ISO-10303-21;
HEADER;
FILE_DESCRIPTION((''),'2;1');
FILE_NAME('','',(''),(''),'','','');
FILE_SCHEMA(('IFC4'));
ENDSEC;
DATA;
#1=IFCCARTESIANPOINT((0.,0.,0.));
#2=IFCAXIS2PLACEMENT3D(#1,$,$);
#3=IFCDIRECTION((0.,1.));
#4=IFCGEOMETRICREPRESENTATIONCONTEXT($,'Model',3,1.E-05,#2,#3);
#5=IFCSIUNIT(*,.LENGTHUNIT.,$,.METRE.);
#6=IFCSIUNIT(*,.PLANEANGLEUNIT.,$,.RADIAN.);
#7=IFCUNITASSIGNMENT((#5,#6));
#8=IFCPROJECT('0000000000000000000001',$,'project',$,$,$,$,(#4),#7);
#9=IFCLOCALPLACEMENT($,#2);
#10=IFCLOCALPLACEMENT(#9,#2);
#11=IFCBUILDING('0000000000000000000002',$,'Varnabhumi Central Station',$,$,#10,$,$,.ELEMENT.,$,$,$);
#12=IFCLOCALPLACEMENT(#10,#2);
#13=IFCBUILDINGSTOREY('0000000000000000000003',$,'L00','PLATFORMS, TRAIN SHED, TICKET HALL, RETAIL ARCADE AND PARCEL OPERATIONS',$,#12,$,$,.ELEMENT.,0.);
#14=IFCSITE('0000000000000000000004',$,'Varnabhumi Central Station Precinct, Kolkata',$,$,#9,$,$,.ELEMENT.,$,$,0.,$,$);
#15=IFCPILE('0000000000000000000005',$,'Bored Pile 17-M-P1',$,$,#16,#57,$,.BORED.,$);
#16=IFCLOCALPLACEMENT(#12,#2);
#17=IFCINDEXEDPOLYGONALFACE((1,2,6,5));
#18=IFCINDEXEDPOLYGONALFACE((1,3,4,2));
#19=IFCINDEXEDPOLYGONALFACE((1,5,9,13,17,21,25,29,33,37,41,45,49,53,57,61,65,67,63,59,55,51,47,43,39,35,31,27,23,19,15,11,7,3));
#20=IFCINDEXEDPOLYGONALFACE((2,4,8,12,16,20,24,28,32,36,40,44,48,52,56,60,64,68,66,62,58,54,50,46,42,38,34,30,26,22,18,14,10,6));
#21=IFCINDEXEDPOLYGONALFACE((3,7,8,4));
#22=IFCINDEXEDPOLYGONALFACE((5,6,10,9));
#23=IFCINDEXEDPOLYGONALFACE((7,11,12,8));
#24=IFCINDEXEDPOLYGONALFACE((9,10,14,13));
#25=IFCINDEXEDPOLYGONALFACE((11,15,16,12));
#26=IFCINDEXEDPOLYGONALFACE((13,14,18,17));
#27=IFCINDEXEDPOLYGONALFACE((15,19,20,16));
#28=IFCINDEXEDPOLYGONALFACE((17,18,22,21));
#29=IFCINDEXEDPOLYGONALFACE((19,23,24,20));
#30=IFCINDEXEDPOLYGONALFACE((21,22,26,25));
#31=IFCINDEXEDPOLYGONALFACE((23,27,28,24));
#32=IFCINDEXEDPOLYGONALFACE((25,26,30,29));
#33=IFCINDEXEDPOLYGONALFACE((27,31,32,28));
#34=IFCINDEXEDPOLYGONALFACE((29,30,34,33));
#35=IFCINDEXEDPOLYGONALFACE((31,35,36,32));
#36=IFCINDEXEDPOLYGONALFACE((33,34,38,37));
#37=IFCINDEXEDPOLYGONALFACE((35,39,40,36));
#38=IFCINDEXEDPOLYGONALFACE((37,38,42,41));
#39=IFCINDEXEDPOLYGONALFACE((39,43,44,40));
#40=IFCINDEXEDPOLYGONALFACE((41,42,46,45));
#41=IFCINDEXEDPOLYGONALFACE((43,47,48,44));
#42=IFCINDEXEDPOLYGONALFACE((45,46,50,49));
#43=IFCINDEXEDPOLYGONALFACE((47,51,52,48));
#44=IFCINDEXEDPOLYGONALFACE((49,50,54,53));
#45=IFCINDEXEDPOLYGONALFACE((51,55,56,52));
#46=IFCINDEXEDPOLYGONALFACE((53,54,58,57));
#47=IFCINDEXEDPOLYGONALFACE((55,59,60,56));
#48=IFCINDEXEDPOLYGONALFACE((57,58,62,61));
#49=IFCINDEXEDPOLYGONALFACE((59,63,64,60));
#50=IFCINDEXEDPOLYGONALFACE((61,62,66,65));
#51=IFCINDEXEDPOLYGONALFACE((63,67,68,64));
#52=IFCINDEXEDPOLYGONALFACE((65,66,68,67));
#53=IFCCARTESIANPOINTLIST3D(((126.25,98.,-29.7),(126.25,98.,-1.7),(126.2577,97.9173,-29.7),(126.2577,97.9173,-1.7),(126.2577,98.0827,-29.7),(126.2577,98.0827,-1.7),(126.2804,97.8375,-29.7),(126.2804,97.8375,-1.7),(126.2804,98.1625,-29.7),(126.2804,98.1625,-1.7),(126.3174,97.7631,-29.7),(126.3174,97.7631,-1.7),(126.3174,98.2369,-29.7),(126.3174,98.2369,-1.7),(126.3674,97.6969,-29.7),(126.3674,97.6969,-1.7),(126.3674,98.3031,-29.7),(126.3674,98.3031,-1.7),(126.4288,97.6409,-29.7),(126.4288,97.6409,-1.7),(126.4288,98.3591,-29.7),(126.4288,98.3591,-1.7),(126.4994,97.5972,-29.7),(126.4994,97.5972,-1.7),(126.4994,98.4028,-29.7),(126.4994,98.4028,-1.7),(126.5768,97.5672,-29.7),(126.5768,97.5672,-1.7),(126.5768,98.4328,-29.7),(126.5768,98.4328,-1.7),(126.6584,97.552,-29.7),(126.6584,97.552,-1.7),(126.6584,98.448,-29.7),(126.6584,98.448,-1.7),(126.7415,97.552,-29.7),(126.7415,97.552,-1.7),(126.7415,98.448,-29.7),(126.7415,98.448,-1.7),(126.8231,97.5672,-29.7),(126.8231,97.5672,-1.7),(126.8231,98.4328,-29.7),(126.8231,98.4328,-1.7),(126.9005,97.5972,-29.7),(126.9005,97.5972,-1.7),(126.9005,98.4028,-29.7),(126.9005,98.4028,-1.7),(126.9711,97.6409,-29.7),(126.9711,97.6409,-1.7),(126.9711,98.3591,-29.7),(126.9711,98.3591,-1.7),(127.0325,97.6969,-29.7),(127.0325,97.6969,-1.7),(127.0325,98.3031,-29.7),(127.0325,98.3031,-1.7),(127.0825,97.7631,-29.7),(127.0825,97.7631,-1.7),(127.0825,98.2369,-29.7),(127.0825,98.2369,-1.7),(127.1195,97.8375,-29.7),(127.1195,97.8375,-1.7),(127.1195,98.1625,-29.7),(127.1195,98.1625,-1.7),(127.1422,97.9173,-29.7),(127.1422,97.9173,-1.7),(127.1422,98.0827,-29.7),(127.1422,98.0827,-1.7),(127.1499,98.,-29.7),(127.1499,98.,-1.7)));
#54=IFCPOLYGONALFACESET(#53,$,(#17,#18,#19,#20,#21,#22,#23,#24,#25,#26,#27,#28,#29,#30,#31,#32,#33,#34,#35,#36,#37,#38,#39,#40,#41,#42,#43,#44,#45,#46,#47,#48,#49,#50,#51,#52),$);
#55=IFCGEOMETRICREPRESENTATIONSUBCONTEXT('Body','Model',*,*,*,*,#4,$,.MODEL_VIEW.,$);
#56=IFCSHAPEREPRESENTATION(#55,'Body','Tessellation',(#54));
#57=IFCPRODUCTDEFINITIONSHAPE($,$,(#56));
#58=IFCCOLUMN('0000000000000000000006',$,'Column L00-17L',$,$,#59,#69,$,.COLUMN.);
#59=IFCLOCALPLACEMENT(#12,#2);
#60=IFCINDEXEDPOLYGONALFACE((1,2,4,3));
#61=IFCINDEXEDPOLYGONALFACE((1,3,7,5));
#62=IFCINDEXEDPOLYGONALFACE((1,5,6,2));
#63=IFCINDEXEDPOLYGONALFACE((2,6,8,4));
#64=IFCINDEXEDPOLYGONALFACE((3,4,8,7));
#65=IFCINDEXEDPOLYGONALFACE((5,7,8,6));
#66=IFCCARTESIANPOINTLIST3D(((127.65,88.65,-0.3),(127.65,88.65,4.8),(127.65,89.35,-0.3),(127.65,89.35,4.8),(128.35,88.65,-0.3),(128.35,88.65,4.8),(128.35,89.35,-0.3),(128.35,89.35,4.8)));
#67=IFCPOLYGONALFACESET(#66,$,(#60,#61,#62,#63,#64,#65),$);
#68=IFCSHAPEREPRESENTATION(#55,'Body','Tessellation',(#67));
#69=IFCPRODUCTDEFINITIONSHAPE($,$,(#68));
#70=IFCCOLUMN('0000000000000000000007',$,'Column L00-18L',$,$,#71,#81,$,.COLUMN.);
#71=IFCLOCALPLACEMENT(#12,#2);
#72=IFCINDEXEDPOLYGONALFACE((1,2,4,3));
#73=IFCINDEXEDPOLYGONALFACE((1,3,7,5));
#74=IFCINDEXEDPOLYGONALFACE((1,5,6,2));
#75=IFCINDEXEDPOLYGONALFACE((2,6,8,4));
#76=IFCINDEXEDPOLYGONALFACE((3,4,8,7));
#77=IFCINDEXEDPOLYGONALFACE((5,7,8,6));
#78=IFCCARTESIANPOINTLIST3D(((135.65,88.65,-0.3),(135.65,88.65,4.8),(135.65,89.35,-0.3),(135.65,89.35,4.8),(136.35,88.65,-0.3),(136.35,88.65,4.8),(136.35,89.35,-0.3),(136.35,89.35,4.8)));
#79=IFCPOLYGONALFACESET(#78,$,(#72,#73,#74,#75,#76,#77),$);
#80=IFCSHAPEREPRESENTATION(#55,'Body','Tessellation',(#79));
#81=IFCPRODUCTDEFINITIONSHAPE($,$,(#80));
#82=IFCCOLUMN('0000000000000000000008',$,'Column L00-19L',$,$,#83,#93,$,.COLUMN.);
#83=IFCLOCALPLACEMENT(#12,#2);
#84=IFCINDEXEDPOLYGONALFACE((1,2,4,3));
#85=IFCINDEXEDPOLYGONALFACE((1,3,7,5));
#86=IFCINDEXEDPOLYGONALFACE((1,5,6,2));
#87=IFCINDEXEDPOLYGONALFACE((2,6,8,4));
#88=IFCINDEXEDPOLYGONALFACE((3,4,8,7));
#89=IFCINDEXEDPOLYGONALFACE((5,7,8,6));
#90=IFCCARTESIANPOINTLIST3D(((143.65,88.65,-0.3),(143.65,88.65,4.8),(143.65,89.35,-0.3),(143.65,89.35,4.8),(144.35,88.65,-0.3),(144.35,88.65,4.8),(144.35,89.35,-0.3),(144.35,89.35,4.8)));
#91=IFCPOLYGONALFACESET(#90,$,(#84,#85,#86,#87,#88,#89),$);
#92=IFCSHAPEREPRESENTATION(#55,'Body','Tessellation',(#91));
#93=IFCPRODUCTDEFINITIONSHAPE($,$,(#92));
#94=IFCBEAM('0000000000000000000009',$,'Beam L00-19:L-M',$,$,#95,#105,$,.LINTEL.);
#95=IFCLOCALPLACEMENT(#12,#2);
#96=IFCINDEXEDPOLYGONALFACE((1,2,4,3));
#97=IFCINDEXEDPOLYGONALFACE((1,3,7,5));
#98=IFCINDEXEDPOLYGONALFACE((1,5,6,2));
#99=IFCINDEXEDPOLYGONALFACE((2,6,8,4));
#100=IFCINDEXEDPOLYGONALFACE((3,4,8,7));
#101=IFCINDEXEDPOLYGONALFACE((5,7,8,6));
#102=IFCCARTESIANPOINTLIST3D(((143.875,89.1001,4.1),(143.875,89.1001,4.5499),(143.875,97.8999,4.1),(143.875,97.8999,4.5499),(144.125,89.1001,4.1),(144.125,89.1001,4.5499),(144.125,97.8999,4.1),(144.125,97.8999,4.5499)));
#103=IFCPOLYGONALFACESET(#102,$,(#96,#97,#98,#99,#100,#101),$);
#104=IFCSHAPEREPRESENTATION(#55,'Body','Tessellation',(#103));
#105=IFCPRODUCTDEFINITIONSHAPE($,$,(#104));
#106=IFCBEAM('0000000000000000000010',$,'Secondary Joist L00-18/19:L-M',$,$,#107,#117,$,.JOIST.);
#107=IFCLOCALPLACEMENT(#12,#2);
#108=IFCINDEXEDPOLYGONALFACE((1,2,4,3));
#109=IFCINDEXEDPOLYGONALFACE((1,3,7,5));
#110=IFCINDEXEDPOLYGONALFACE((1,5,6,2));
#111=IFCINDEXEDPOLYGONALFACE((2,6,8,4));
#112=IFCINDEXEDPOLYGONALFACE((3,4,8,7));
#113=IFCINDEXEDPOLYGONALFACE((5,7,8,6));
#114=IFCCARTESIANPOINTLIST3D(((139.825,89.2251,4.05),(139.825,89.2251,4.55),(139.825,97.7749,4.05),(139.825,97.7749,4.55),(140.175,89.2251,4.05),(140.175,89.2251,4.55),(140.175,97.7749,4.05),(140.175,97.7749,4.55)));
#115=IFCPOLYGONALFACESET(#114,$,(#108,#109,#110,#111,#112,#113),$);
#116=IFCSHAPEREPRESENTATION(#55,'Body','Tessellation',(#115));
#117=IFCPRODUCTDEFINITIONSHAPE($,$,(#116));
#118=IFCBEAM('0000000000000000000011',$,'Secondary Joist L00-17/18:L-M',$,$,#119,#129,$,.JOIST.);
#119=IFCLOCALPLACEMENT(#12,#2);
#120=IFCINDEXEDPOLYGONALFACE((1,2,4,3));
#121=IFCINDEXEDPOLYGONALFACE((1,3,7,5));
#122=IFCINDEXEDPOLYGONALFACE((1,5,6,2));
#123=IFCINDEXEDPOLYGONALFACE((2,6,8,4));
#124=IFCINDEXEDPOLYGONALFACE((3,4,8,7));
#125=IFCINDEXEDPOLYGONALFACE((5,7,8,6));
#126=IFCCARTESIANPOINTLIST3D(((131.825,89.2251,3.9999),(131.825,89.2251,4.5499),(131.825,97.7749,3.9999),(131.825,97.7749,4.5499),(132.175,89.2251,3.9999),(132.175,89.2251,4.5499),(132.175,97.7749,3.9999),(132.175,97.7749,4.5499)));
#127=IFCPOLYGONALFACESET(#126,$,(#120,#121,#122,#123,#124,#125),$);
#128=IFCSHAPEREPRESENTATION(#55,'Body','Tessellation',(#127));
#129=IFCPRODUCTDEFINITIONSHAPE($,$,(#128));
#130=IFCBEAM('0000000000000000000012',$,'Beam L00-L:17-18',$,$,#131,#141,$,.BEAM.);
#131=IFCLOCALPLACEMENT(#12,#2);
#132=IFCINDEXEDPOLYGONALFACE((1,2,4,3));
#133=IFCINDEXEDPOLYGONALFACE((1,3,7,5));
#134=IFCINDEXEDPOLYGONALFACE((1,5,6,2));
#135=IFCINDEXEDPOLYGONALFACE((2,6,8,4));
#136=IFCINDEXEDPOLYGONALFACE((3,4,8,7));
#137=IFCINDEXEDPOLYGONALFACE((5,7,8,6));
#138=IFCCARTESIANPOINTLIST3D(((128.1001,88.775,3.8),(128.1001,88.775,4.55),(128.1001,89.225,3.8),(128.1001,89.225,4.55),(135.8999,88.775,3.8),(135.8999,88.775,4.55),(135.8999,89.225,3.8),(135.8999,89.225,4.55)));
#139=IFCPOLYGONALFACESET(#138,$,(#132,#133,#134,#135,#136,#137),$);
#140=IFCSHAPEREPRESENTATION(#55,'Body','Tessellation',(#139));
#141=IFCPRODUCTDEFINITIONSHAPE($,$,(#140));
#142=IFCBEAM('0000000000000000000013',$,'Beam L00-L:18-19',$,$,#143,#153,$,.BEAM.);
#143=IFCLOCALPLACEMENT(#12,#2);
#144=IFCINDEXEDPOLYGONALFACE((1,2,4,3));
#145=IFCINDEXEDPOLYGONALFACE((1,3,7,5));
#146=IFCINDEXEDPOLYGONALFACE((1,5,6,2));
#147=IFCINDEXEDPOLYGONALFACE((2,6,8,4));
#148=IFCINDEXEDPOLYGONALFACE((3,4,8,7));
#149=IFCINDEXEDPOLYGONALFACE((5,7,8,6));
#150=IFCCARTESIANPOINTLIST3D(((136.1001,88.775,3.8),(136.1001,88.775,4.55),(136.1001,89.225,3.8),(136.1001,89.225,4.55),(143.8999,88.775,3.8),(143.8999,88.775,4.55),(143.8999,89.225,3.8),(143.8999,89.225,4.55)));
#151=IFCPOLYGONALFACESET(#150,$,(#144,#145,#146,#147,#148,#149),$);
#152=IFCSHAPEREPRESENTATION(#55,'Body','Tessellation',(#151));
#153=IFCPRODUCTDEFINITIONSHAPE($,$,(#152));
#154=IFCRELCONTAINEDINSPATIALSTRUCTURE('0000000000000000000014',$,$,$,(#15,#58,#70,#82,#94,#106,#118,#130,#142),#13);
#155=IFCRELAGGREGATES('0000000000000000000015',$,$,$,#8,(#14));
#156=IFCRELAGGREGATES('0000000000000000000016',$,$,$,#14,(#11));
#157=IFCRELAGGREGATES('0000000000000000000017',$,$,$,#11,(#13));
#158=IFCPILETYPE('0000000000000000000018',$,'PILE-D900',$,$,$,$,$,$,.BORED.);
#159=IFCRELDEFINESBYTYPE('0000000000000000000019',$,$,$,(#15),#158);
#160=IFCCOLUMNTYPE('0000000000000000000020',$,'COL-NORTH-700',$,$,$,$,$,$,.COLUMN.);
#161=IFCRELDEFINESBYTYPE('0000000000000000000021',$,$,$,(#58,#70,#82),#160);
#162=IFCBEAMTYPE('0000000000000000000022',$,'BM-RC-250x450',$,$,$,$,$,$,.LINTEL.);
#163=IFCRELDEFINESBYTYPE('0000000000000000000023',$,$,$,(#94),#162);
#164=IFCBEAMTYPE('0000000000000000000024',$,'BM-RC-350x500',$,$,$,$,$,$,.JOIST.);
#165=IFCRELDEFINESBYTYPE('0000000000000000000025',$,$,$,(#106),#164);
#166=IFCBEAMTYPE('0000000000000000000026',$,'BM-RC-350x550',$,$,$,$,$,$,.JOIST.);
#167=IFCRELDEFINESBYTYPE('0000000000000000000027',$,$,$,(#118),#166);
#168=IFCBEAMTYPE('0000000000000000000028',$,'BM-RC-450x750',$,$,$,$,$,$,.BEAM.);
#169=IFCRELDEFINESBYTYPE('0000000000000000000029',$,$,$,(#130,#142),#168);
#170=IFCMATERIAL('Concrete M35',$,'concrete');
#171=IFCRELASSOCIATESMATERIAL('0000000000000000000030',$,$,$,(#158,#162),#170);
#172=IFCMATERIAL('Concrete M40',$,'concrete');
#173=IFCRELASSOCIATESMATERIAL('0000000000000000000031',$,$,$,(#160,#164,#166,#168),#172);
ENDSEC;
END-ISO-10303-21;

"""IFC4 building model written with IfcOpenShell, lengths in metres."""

from ifc_helpers import new_model, si_unit, direction, frame, origin, origin_2d, place, context, subcontext, project, spatial, rectangle, circle, extrude, material, material_profile, profile_set, type_object, element, save


model = new_model("IFC4")

# Units and contexts
model_context = context("Model", 3, precision=1e-05, world=origin(), true_north=direction((0.0, 1.0)))
body_context = subcontext(model_context, "Body", "Model", "MODEL_VIEW")
ifc_project = project(units=[si_unit("LENGTHUNIT", "METRE"), si_unit("PLANEANGLEUNIT", "RADIAN")], contexts=[model_context])

# Site, building, storey
site_placement = place(None, origin())
site = spatial("IfcSite", under=ifc_project, at=site_placement, Name="Varnabhumi Central Station Precinct, Kolkata", CompositionType="ELEMENT", RefElevation=0.0)
building_placement = place(site_placement, origin())
building = spatial("IfcBuilding", under=site, at=building_placement, Name="Varnabhumi Central Station", CompositionType="ELEMENT")
storey_placement = place(building_placement, origin())
storey = spatial("IfcBuildingStorey", under=building, at=storey_placement, Name="L00", Description="PLATFORMS, TRAIN SHED, TICKET HALL, RETAIL ARCADE AND PARCEL OPERATIONS", CompositionType="ELEMENT", Elevation=0.0)

# Shared definitions
ifc_material_1 = material(Name="Concrete M40", Category="concrete")

# Pile
ifc_material_2 = material(Name="Concrete M35", Category="concrete")
ifc_material_profile_1 = material_profile(ifc_material_2, circle(Radius=0.45, at=origin_2d()), Name="Concrete M35", Category="concrete")
ifc_profile_set_1 = profile_set([ifc_material_profile_1], Name="Concrete M35")
pile_type_1 = type_object("IfcPileType", Name="PILE-D900", PredefinedType="BORED", material=ifc_profile_set_1)
pile_placement = place(storey_placement, frame((126.7, 98.0, -1.7), z_axis=(0.0, 0.0, -1.0), x_axis=(1.0, 0.0, 0.0)))
element("IfcPile", 1, at=pile_placement, inside=storey, type_object=pile_type_1, Name="Bored Pile 17-M-P1", PredefinedType="BORED", context=body_context, shape_type="SweptSolid", body=[
    extrude(circle(Radius=0.45, at=origin_2d()), origin(), (0.0, 0.0, 1.0), 28.0),
])

# Columns
ifc_material_profile_2 = material_profile(ifc_material_1, rectangle(XDim=0.7, YDim=0.7, at=origin_2d()), Name="Concrete M40", Category="concrete")
ifc_profile_set_2 = profile_set([ifc_material_profile_2], Name="Concrete M40")
column_type = type_object("IfcColumnType", Name="COL-NORTH-700", PredefinedType="COLUMN", material=ifc_profile_set_2)
for number, where, z_axis, x_axis, name in (
    (2, (128.0, 89.0, -0.3), (0.0, 0.0, 1.0), (1.0, 0.0, 0.0), "Column L00-17L"),
    (3, (136.0, 89.0, -0.3), (0.0, 0.0, 1.0), (1.0, 0.0, 0.0), "Column L00-18L"),
    (4, (144.0, 89.0, -0.3), (0.0, 0.0, 1.0), (1.0, 0.0, 0.0), "Column L00-19L"),
):
    element("IfcColumn", number, at=place(storey_placement, frame(where, z_axis=z_axis, x_axis=x_axis)), inside=storey, type_object=column_type, Name=name, PredefinedType="COLUMN", context=body_context, shape_type="SweptSolid", body=[
        extrude(rectangle(XDim=0.7, YDim=0.7, at=origin_2d()), origin(), (0.0, 0.0, 1.0), 5.1001),
    ])

# Beams
ifc_material_profile_3 = material_profile(ifc_material_2, rectangle(XDim=0.25, YDim=0.45, at=origin_2d()), Name="Concrete M35", Category="concrete")
ifc_profile_set_3 = profile_set([ifc_material_profile_3], Name="Concrete M35")
beam_type_1 = type_object("IfcBeamType", Name="BM-RC-250x450", PredefinedType="LINTEL", material=ifc_profile_set_3)
beam_1_placement = place(storey_placement, frame((144.0, 89.1001, 4.325), z_axis=(0.0, 1.0, 0.0), x_axis=(-1.0, 0.0, 0.0)))
element("IfcBeam", 5, at=beam_1_placement, inside=storey, type_object=beam_type_1, Name="Beam L00-19:L-M", PredefinedType="LINTEL", context=body_context, shape_type="SweptSolid", body=[
    extrude(rectangle(XDim=0.25, YDim=0.45, at=origin_2d()), origin(), (0.0, 0.0, 1.0), 8.7998),
])
ifc_material_profile_4 = material_profile(ifc_material_1, rectangle(XDim=0.3501, YDim=0.5, at=origin_2d()), Name="Concrete M40", Category="concrete")
ifc_profile_set_4 = profile_set([ifc_material_profile_4], Name="Concrete M40")
beam_type_2 = type_object("IfcBeamType", Name="BM-RC-350x500", PredefinedType="JOIST", material=ifc_profile_set_4)
beam_2_placement = place(storey_placement, frame((140.0, 89.2251, 4.3), z_axis=(0.0, 1.0, 0.0), x_axis=(-1.0, 0.0, 0.0)))
element("IfcBeam", 6, at=beam_2_placement, inside=storey, type_object=beam_type_2, Name="Secondary Joist L00-18/19:L-M", PredefinedType="JOIST", context=body_context, shape_type="SweptSolid", body=[
    extrude(rectangle(XDim=0.3501, YDim=0.5, at=origin_2d()), origin(), (0.0, 0.0, 1.0), 8.5498),
])
ifc_material_profile_5 = material_profile(ifc_material_1, rectangle(XDim=0.3501, YDim=0.55, at=origin_2d()), Name="Concrete M40", Category="concrete")
ifc_profile_set_5 = profile_set([ifc_material_profile_5], Name="Concrete M40")
beam_type_3 = type_object("IfcBeamType", Name="BM-RC-350x550", PredefinedType="JOIST", material=ifc_profile_set_5)
beam_3_placement = place(storey_placement, frame((132.0, 89.2251, 4.2749), z_axis=(0.0, 1.0, 0.0), x_axis=(-1.0, 0.0, 0.0)))
element("IfcBeam", 7, at=beam_3_placement, inside=storey, type_object=beam_type_3, Name="Secondary Joist L00-17/18:L-M", PredefinedType="JOIST", context=body_context, shape_type="SweptSolid", body=[
    extrude(rectangle(XDim=0.3501, YDim=0.55, at=origin_2d()), origin(), (0.0, 0.0, 1.0), 8.5498),
])
ifc_material_profile_6 = material_profile(ifc_material_1, rectangle(XDim=0.45, YDim=0.75, at=origin_2d()), Name="Concrete M40", Category="concrete")
ifc_profile_set_6 = profile_set([ifc_material_profile_6], Name="Concrete M40")
beam_type_4 = type_object("IfcBeamType", Name="BM-RC-450x750", PredefinedType="BEAM", material=ifc_profile_set_6)
for number, where, z_axis, x_axis, name in (
    (8, (128.1001, 89.0, 4.175), (1.0, 0.0, 0.0), (0.0, 1.0, 0.0), "Beam L00-L:17-18"),
    (9, (136.1001, 89.0, 4.175), (1.0, 0.0, 0.0), (0.0, 1.0, 0.0), "Beam L00-L:18-19"),
):
    element("IfcBeam", number, at=place(storey_placement, frame(where, z_axis=z_axis, x_axis=x_axis)), inside=storey, type_object=beam_type_4, Name=name, PredefinedType="BEAM", context=body_context, shape_type="SweptSolid", body=[
        extrude(rectangle(XDim=0.45, YDim=0.75, at=origin_2d()), origin(), (0.0, 0.0, 1.0), 7.7998),
    ])

save(model, "model.ifc")
